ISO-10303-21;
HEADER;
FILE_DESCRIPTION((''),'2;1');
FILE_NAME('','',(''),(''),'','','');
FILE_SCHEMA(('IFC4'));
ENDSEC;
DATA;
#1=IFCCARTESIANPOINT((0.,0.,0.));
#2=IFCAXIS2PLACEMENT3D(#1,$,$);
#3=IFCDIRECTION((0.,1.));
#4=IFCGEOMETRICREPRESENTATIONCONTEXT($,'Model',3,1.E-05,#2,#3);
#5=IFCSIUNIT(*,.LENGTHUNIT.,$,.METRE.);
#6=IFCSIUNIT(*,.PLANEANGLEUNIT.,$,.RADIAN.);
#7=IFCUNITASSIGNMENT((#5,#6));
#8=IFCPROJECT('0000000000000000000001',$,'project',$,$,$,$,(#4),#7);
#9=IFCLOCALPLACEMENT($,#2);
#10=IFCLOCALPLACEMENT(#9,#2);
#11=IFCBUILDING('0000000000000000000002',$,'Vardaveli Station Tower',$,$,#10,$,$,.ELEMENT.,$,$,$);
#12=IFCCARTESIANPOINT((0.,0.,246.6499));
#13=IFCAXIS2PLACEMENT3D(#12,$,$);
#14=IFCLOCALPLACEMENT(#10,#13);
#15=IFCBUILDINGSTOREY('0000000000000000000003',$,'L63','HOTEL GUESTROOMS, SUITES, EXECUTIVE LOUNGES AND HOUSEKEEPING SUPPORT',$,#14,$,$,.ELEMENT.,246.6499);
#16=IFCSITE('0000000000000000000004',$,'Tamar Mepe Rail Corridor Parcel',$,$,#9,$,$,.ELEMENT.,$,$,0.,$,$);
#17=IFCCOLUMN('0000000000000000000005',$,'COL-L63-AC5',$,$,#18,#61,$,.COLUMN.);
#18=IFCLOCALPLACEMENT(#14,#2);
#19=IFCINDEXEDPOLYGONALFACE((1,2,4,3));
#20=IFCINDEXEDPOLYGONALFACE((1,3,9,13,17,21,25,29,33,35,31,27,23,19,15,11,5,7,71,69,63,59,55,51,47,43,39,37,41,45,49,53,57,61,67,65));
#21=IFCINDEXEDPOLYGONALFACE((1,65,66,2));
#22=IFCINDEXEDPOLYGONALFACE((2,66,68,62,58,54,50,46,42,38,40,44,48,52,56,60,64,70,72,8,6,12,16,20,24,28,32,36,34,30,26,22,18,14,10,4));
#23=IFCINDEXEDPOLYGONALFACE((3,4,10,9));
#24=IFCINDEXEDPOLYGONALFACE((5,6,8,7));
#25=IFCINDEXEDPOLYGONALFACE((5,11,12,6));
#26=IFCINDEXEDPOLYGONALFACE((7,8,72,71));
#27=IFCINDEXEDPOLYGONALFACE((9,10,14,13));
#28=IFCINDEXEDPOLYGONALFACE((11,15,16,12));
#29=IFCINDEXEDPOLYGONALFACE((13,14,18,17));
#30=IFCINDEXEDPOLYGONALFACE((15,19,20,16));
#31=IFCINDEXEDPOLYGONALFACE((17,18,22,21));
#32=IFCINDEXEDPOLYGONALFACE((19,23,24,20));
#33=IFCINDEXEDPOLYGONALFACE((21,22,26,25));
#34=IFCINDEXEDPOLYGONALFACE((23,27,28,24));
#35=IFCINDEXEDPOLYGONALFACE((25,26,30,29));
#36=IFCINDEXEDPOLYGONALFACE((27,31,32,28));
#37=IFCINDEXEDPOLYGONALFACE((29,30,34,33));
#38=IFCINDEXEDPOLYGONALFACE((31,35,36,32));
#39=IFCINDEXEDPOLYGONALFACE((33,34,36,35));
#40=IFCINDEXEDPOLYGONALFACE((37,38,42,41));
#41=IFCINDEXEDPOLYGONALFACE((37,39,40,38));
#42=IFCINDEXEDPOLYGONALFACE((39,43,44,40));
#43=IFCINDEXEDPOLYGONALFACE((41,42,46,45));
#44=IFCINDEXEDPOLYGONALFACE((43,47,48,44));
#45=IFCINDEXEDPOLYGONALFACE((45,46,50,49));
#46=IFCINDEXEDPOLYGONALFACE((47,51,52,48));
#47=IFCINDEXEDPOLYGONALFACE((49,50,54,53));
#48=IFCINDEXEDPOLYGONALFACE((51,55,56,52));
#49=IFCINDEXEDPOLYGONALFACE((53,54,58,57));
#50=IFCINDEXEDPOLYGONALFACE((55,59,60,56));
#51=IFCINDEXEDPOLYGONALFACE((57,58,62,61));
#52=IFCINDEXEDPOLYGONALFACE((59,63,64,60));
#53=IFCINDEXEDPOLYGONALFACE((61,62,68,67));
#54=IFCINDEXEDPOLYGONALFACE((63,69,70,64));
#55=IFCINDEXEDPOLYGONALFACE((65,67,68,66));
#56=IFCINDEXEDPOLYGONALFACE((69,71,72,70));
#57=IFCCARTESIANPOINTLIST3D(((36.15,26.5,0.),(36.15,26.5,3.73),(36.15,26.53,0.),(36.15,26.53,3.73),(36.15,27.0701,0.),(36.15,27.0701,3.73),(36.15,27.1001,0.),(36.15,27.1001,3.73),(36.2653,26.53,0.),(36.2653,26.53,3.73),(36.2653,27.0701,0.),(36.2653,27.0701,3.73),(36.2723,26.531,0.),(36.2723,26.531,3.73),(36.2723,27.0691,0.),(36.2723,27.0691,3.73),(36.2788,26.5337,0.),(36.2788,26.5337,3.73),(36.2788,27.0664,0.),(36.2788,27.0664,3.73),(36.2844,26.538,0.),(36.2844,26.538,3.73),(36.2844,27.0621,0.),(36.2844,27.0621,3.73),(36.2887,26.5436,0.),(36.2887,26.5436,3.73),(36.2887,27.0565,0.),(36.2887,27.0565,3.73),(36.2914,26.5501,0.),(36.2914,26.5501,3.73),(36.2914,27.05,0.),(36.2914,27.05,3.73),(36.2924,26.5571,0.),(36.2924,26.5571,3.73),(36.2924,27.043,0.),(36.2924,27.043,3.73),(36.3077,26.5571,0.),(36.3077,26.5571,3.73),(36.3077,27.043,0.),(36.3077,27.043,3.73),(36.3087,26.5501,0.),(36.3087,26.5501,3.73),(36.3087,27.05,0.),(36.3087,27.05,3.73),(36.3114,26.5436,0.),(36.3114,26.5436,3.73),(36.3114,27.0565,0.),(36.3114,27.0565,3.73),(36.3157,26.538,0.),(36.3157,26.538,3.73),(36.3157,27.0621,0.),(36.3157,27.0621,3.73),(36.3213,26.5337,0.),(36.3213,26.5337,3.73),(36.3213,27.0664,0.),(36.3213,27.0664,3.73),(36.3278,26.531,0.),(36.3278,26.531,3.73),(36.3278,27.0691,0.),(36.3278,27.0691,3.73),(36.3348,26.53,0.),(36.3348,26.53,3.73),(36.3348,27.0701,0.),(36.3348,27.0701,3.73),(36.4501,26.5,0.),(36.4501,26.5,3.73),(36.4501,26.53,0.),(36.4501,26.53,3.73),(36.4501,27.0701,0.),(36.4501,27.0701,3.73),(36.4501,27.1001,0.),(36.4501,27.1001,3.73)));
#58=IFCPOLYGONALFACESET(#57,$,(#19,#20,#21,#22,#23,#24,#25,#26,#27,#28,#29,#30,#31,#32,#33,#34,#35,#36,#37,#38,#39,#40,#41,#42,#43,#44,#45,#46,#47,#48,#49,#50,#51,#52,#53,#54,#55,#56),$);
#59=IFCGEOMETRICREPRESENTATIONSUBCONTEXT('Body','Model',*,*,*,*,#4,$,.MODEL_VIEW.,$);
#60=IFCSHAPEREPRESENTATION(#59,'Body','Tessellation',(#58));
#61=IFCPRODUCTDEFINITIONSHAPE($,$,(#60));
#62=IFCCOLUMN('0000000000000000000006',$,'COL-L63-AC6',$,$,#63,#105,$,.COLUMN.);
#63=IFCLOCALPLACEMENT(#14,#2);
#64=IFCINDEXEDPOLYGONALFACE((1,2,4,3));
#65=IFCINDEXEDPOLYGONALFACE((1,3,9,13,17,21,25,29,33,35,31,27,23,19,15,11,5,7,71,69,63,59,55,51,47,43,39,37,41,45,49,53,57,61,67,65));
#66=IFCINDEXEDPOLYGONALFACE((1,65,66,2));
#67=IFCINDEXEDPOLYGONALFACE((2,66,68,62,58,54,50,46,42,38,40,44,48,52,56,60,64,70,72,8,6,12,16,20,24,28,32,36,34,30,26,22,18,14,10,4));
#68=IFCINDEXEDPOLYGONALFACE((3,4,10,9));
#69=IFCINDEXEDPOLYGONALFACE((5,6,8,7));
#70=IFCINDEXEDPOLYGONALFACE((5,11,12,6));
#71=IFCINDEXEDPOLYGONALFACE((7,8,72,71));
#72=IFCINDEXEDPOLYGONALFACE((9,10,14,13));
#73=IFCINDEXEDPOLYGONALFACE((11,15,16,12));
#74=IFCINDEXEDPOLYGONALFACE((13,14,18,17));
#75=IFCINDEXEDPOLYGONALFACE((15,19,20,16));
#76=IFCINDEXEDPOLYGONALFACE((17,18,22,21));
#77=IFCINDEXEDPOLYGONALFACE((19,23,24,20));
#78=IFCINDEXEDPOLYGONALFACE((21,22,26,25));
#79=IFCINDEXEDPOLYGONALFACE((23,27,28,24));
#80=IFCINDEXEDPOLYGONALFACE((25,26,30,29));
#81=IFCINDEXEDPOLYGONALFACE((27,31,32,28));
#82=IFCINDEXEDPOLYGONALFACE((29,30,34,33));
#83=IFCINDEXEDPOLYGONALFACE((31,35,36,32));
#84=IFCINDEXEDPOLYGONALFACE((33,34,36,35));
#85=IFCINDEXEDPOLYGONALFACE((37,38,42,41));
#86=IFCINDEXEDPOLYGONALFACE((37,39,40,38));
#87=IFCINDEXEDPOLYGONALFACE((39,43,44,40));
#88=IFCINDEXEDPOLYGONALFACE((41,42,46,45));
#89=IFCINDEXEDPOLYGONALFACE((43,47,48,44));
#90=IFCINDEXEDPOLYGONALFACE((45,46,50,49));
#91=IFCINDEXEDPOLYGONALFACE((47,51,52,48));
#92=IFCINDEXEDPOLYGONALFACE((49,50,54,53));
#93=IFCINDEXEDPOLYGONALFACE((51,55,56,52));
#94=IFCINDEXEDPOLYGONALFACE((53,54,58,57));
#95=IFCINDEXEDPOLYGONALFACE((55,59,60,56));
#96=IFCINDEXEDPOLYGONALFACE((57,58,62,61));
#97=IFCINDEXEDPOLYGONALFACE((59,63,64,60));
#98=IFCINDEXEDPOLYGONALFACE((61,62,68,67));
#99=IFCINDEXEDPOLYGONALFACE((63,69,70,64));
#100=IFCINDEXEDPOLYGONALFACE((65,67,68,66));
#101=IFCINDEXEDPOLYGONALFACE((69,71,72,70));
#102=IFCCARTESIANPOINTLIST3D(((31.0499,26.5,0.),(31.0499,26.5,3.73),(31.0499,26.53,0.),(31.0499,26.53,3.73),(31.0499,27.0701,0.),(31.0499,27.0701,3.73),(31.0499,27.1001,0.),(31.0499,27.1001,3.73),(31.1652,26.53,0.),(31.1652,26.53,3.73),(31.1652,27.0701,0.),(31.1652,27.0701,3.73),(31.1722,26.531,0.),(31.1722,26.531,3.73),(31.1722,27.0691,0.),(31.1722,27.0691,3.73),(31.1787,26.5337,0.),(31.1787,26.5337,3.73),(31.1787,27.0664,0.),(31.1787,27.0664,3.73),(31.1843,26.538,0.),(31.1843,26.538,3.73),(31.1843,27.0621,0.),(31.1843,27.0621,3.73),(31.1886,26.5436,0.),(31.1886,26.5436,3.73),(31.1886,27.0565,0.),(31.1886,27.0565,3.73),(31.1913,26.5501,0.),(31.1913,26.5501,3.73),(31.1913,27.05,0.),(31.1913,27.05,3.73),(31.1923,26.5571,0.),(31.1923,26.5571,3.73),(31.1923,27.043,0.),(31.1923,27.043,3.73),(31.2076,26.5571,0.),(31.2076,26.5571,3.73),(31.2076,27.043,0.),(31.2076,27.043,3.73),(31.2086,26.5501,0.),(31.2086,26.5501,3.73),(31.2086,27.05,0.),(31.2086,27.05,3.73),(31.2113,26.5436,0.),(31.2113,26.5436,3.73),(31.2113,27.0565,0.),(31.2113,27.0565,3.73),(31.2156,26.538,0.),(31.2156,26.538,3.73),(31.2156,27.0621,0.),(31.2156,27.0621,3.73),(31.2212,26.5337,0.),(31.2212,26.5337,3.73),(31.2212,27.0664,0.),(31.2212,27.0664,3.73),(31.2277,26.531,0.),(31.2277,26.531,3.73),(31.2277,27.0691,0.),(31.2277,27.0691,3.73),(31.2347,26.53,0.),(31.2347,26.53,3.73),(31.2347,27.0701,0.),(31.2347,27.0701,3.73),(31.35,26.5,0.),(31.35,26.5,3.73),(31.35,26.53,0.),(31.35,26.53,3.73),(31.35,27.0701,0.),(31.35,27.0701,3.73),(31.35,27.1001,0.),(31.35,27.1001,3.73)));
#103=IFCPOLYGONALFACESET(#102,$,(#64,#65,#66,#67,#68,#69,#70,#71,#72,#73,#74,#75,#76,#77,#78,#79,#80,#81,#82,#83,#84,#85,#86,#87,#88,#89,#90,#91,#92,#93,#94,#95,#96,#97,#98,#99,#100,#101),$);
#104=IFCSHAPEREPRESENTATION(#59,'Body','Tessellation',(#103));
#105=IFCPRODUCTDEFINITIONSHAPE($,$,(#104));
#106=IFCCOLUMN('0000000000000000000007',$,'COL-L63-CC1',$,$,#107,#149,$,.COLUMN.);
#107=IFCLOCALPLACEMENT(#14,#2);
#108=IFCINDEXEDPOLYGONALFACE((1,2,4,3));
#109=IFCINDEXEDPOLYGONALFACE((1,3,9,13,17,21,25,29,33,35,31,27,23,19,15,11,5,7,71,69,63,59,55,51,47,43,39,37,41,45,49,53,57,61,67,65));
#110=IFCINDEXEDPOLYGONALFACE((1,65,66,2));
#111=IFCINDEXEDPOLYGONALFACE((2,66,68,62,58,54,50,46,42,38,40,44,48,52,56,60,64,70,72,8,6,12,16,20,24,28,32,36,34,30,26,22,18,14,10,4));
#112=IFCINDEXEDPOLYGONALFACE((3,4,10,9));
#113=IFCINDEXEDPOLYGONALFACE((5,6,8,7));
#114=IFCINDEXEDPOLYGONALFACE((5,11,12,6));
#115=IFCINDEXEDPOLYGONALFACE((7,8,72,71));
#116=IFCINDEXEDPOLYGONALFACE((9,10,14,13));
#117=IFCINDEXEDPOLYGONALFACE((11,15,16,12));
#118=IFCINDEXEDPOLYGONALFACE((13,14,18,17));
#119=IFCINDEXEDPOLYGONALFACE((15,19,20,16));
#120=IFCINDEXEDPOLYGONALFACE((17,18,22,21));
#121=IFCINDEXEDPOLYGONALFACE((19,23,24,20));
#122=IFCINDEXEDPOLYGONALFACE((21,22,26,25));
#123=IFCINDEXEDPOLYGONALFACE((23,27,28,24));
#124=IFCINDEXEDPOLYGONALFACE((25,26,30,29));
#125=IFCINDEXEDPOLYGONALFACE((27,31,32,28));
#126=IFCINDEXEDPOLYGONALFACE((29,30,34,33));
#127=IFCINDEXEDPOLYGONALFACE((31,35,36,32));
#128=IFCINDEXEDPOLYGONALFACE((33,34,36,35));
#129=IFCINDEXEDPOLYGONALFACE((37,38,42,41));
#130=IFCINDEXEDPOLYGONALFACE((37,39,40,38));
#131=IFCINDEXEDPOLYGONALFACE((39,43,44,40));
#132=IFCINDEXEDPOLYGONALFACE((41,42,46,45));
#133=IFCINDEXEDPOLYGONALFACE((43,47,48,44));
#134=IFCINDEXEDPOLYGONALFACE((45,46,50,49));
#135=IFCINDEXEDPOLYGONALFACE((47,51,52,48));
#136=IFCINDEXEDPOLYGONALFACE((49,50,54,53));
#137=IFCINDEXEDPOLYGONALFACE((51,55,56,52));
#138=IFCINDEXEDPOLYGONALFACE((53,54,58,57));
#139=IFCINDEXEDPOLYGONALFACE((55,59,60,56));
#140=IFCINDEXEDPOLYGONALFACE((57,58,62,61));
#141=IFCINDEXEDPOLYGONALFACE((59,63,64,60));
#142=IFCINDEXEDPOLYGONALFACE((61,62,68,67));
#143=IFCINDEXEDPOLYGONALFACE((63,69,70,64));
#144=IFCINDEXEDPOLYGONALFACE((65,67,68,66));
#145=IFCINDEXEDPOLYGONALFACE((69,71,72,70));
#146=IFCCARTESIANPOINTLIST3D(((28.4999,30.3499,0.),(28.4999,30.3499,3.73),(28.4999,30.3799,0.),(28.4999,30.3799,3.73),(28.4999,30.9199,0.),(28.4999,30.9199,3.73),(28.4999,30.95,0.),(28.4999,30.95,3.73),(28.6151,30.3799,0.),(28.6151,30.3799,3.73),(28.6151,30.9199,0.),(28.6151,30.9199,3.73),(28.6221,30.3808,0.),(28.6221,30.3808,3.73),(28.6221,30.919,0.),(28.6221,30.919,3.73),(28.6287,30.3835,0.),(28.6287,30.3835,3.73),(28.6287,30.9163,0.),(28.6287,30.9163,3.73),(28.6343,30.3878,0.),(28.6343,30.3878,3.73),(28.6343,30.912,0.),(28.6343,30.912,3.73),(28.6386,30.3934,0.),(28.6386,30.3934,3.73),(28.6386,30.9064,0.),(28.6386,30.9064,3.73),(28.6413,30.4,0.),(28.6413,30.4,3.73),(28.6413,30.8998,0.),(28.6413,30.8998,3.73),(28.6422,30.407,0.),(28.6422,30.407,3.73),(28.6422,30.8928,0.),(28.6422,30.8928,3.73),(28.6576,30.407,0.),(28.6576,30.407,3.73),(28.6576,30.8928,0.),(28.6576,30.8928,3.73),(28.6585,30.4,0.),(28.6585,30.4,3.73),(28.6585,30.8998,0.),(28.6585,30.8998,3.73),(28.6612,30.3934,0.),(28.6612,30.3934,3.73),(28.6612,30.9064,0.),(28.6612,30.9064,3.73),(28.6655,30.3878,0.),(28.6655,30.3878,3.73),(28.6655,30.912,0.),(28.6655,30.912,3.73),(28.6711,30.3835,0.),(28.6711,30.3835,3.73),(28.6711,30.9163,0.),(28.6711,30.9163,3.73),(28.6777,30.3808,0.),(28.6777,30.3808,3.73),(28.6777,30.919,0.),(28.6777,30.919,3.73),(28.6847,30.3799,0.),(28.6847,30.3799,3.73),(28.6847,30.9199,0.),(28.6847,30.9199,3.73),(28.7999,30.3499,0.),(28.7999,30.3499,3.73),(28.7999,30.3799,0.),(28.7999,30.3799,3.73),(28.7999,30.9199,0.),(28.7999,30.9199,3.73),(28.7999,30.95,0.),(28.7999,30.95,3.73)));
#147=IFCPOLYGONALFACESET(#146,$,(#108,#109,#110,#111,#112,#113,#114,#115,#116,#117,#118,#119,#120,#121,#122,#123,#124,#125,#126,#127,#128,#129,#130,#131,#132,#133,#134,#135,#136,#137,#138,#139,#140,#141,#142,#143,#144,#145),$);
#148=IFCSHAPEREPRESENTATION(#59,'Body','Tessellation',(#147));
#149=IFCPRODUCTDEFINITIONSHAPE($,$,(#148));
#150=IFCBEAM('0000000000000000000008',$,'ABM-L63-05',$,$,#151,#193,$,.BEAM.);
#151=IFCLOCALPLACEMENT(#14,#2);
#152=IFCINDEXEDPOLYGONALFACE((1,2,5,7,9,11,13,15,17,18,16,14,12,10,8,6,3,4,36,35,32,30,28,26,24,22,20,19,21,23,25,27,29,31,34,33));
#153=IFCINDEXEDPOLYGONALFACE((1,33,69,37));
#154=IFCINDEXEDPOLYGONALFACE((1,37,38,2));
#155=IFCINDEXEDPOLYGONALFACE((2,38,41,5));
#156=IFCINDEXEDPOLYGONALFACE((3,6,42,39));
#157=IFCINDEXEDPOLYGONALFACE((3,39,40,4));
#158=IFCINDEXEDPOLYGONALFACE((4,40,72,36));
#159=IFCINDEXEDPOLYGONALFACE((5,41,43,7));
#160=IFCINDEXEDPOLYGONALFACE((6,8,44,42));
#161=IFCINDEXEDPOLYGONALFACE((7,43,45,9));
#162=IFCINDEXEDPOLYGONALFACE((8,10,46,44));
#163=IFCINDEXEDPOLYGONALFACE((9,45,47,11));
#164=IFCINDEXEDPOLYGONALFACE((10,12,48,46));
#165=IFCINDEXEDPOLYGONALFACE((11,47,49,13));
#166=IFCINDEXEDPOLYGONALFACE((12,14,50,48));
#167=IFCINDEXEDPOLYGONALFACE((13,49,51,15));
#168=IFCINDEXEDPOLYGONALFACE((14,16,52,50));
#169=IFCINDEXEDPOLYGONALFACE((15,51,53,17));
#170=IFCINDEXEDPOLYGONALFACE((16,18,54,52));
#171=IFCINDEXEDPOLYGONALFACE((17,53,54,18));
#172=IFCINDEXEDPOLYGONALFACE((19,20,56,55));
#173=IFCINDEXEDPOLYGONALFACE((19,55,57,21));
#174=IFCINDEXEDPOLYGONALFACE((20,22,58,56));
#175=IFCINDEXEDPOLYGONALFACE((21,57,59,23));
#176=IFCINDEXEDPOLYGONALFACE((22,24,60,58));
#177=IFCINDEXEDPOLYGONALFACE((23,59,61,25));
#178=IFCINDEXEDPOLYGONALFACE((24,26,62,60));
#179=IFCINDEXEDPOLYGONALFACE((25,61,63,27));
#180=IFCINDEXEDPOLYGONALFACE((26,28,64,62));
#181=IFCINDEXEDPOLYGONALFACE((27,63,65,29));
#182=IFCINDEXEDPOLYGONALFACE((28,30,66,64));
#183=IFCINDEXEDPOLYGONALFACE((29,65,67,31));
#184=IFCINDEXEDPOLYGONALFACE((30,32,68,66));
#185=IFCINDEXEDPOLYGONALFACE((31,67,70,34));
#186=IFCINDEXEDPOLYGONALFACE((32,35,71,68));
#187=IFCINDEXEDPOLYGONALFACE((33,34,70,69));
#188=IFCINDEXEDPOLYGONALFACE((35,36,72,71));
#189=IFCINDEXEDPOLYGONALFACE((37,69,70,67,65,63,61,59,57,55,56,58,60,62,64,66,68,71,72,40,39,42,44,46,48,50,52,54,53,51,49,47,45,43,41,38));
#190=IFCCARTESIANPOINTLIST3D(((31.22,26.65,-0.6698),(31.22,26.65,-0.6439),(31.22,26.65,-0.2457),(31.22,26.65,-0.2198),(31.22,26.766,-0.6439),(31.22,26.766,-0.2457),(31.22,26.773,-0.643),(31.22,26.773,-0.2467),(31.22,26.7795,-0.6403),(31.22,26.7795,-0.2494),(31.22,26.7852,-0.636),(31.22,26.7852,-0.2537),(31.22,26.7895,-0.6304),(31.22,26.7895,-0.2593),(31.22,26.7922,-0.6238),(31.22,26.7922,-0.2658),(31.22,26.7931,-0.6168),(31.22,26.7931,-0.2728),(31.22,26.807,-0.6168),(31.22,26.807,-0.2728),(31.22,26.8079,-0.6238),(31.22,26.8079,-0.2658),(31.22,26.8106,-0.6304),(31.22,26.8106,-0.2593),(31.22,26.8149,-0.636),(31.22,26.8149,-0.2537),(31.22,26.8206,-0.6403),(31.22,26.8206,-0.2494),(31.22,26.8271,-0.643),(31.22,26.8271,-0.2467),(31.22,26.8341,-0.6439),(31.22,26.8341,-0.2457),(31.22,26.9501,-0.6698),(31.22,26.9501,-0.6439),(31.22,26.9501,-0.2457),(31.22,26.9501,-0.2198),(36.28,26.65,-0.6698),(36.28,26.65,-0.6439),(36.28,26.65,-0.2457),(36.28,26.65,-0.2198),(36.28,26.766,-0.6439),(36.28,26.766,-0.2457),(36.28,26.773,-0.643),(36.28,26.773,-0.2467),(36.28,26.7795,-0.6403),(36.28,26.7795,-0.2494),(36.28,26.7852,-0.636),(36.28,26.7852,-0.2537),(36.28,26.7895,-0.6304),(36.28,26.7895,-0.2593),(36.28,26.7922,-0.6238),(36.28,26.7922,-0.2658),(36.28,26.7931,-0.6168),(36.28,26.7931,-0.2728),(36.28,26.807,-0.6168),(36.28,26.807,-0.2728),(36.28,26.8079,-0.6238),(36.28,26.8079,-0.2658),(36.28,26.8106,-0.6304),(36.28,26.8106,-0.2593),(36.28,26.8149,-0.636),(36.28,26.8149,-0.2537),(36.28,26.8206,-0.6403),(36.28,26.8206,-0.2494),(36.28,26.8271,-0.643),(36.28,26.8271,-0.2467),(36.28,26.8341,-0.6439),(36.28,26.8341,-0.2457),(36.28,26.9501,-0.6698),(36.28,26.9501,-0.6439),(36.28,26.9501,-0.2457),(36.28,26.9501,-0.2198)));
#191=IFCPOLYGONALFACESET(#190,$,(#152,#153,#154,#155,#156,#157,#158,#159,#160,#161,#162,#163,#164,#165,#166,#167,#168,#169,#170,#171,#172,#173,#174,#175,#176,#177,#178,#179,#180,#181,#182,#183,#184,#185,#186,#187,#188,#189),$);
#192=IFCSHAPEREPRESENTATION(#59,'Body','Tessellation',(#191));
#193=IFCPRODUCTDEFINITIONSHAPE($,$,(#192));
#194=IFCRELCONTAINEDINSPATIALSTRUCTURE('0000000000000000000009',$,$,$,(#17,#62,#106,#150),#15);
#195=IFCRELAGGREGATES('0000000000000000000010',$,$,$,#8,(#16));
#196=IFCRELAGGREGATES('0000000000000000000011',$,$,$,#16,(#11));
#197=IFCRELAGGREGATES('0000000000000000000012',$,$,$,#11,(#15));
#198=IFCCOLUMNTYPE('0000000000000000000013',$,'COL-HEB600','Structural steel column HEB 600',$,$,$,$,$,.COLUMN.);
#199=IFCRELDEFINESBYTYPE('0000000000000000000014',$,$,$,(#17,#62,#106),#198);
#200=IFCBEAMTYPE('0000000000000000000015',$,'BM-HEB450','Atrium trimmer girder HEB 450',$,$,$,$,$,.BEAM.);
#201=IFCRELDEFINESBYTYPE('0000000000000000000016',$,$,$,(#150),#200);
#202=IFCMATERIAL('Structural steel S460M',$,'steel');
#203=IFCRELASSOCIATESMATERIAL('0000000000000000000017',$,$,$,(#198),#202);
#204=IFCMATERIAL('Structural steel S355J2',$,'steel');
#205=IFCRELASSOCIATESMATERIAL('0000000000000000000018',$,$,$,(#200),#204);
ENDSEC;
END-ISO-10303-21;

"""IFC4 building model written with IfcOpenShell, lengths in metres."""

from ifc_helpers import new_model, si_unit, direction, frame, origin, origin_2d, place, context, subcontext, project, spatial, i_section, extrude, source, transform, mapped, material, material_profile, profile_set, type_object, element, save


model = new_model("IFC4")

# Units and contexts
model_context = context("Model", 3, precision=1e-05, world=origin(), true_north=direction((0.0, 1.0)))
body_context = subcontext(model_context, "Body", "Model", "MODEL_VIEW")
ifc_project = project(units=[si_unit("LENGTHUNIT", "METRE"), si_unit("PLANEANGLEUNIT", "RADIAN")], contexts=[model_context])

# Site, building, storey
site_placement = place(None, origin())
site = spatial("IfcSite", under=ifc_project, at=site_placement, Name="Tamar Mepe Rail Corridor Parcel", CompositionType="ELEMENT", RefElevation=0.0)
building_placement = place(site_placement, origin())
building = spatial("IfcBuilding", under=site, at=building_placement, Name="Vardaveli Station Tower", CompositionType="ELEMENT")
storey_placement = place(building_placement, frame((0.0, 0.0, 246.6499)))
storey = spatial("IfcBuildingStorey", under=building, at=storey_placement, Name="L63", Description="HOTEL GUESTROOMS, SUITES, EXECUTIVE LOUNGES AND HOUSEKEEPING SUPPORT", CompositionType="ELEMENT", Elevation=246.6499)

# Columns
ifc_material_1 = material(Name="Structural steel S460M", Category="steel")
ifc_material_profile_1 = material_profile(ifc_material_1, i_section(OverallWidth=0.3, OverallDepth=0.6001, WebThickness=0.0154, FlangeThickness=0.03, FilletRadius=0.0271, at=origin_2d()), Name="HEB 600")
ifc_profile_set_1 = profile_set([ifc_material_profile_1], Name="Structural steel S460M")
column_type = type_object("IfcColumnType", Name="COL-HEB600", Description="Structural steel column HEB 600", PredefinedType="COLUMN", material=ifc_profile_set_1)
shared_shape_1 = source(origin(), body_context, "Body", "SweptSolid", [
    extrude(i_section(OverallWidth=0.3, OverallDepth=0.6001, WebThickness=0.0154, FlangeThickness=0.03, FilletRadius=0.0271, at=origin_2d()), origin(), (0.0, 0.0, 1.0), 3.73),
])
for number, where, z_axis, x_axis, name in (
    (1, (36.3, 26.8, 0.0), (0.0, 0.0, 1.0), (1.0, 0.0, 0.0), "COL-L63-AC5"),
    (2, (31.2, 26.8, 0.0), (0.0, 0.0, 1.0), (1.0, 0.0, 0.0), "COL-L63-AC6"),
    (3, (28.6499, 30.6499, 0.0), (0.0, 0.0, 1.0), (1.0, 0.0, 0.0), "COL-L63-CC1"),
):
    element("IfcColumn", number, at=place(storey_placement, frame(where, z_axis=z_axis, x_axis=x_axis)), inside=storey, type_object=column_type, Name=name, PredefinedType="COLUMN", context=body_context, shape_type="MappedRepresentation", body=[
        mapped(shared_shape_1, transform((0.0, 0.0, 0.0), scale=1.0)),
    ])

# Beam
ifc_material_2 = material(Name="Structural steel S355J2", Category="steel")
ifc_material_profile_2 = material_profile(ifc_material_2, i_section(OverallWidth=0.3, OverallDepth=0.45, WebThickness=0.0139, FlangeThickness=0.0259, FilletRadius=0.0271, at=origin_2d()), Name="HEB 450")
ifc_profile_set_2 = profile_set([ifc_material_profile_2], Name="Structural steel S355J2")
beam_type_1 = type_object("IfcBeamType", Name="BM-HEB450", Description="Atrium trimmer girder HEB 450", PredefinedType="BEAM", material=ifc_profile_set_2)
shared_shape_2 = source(origin(), body_context, "Body", "SweptSolid", [
    extrude(i_section(OverallWidth=0.3, OverallDepth=0.45, WebThickness=0.0139, FlangeThickness=0.0259, FilletRadius=0.0271, at=origin_2d()), origin(), (0.0, 0.0, 1.0), 5.0601),
])
beam_1_placement = place(storey_placement, frame((36.28, 26.8, -0.4448), z_axis=(-1.0, 0.0, 0.0), x_axis=(0.0, -1.0, 0.0)))
element("IfcBeam", 4, at=beam_1_placement, inside=storey, type_object=beam_type_1, Name="ABM-L63-05", PredefinedType="BEAM", context=body_context, shape_type="MappedRepresentation", body=[
    mapped(shared_shape_2, transform((0.0, 0.0, 0.0), scale=1.0)),
])

save(model, "model.ifc")
